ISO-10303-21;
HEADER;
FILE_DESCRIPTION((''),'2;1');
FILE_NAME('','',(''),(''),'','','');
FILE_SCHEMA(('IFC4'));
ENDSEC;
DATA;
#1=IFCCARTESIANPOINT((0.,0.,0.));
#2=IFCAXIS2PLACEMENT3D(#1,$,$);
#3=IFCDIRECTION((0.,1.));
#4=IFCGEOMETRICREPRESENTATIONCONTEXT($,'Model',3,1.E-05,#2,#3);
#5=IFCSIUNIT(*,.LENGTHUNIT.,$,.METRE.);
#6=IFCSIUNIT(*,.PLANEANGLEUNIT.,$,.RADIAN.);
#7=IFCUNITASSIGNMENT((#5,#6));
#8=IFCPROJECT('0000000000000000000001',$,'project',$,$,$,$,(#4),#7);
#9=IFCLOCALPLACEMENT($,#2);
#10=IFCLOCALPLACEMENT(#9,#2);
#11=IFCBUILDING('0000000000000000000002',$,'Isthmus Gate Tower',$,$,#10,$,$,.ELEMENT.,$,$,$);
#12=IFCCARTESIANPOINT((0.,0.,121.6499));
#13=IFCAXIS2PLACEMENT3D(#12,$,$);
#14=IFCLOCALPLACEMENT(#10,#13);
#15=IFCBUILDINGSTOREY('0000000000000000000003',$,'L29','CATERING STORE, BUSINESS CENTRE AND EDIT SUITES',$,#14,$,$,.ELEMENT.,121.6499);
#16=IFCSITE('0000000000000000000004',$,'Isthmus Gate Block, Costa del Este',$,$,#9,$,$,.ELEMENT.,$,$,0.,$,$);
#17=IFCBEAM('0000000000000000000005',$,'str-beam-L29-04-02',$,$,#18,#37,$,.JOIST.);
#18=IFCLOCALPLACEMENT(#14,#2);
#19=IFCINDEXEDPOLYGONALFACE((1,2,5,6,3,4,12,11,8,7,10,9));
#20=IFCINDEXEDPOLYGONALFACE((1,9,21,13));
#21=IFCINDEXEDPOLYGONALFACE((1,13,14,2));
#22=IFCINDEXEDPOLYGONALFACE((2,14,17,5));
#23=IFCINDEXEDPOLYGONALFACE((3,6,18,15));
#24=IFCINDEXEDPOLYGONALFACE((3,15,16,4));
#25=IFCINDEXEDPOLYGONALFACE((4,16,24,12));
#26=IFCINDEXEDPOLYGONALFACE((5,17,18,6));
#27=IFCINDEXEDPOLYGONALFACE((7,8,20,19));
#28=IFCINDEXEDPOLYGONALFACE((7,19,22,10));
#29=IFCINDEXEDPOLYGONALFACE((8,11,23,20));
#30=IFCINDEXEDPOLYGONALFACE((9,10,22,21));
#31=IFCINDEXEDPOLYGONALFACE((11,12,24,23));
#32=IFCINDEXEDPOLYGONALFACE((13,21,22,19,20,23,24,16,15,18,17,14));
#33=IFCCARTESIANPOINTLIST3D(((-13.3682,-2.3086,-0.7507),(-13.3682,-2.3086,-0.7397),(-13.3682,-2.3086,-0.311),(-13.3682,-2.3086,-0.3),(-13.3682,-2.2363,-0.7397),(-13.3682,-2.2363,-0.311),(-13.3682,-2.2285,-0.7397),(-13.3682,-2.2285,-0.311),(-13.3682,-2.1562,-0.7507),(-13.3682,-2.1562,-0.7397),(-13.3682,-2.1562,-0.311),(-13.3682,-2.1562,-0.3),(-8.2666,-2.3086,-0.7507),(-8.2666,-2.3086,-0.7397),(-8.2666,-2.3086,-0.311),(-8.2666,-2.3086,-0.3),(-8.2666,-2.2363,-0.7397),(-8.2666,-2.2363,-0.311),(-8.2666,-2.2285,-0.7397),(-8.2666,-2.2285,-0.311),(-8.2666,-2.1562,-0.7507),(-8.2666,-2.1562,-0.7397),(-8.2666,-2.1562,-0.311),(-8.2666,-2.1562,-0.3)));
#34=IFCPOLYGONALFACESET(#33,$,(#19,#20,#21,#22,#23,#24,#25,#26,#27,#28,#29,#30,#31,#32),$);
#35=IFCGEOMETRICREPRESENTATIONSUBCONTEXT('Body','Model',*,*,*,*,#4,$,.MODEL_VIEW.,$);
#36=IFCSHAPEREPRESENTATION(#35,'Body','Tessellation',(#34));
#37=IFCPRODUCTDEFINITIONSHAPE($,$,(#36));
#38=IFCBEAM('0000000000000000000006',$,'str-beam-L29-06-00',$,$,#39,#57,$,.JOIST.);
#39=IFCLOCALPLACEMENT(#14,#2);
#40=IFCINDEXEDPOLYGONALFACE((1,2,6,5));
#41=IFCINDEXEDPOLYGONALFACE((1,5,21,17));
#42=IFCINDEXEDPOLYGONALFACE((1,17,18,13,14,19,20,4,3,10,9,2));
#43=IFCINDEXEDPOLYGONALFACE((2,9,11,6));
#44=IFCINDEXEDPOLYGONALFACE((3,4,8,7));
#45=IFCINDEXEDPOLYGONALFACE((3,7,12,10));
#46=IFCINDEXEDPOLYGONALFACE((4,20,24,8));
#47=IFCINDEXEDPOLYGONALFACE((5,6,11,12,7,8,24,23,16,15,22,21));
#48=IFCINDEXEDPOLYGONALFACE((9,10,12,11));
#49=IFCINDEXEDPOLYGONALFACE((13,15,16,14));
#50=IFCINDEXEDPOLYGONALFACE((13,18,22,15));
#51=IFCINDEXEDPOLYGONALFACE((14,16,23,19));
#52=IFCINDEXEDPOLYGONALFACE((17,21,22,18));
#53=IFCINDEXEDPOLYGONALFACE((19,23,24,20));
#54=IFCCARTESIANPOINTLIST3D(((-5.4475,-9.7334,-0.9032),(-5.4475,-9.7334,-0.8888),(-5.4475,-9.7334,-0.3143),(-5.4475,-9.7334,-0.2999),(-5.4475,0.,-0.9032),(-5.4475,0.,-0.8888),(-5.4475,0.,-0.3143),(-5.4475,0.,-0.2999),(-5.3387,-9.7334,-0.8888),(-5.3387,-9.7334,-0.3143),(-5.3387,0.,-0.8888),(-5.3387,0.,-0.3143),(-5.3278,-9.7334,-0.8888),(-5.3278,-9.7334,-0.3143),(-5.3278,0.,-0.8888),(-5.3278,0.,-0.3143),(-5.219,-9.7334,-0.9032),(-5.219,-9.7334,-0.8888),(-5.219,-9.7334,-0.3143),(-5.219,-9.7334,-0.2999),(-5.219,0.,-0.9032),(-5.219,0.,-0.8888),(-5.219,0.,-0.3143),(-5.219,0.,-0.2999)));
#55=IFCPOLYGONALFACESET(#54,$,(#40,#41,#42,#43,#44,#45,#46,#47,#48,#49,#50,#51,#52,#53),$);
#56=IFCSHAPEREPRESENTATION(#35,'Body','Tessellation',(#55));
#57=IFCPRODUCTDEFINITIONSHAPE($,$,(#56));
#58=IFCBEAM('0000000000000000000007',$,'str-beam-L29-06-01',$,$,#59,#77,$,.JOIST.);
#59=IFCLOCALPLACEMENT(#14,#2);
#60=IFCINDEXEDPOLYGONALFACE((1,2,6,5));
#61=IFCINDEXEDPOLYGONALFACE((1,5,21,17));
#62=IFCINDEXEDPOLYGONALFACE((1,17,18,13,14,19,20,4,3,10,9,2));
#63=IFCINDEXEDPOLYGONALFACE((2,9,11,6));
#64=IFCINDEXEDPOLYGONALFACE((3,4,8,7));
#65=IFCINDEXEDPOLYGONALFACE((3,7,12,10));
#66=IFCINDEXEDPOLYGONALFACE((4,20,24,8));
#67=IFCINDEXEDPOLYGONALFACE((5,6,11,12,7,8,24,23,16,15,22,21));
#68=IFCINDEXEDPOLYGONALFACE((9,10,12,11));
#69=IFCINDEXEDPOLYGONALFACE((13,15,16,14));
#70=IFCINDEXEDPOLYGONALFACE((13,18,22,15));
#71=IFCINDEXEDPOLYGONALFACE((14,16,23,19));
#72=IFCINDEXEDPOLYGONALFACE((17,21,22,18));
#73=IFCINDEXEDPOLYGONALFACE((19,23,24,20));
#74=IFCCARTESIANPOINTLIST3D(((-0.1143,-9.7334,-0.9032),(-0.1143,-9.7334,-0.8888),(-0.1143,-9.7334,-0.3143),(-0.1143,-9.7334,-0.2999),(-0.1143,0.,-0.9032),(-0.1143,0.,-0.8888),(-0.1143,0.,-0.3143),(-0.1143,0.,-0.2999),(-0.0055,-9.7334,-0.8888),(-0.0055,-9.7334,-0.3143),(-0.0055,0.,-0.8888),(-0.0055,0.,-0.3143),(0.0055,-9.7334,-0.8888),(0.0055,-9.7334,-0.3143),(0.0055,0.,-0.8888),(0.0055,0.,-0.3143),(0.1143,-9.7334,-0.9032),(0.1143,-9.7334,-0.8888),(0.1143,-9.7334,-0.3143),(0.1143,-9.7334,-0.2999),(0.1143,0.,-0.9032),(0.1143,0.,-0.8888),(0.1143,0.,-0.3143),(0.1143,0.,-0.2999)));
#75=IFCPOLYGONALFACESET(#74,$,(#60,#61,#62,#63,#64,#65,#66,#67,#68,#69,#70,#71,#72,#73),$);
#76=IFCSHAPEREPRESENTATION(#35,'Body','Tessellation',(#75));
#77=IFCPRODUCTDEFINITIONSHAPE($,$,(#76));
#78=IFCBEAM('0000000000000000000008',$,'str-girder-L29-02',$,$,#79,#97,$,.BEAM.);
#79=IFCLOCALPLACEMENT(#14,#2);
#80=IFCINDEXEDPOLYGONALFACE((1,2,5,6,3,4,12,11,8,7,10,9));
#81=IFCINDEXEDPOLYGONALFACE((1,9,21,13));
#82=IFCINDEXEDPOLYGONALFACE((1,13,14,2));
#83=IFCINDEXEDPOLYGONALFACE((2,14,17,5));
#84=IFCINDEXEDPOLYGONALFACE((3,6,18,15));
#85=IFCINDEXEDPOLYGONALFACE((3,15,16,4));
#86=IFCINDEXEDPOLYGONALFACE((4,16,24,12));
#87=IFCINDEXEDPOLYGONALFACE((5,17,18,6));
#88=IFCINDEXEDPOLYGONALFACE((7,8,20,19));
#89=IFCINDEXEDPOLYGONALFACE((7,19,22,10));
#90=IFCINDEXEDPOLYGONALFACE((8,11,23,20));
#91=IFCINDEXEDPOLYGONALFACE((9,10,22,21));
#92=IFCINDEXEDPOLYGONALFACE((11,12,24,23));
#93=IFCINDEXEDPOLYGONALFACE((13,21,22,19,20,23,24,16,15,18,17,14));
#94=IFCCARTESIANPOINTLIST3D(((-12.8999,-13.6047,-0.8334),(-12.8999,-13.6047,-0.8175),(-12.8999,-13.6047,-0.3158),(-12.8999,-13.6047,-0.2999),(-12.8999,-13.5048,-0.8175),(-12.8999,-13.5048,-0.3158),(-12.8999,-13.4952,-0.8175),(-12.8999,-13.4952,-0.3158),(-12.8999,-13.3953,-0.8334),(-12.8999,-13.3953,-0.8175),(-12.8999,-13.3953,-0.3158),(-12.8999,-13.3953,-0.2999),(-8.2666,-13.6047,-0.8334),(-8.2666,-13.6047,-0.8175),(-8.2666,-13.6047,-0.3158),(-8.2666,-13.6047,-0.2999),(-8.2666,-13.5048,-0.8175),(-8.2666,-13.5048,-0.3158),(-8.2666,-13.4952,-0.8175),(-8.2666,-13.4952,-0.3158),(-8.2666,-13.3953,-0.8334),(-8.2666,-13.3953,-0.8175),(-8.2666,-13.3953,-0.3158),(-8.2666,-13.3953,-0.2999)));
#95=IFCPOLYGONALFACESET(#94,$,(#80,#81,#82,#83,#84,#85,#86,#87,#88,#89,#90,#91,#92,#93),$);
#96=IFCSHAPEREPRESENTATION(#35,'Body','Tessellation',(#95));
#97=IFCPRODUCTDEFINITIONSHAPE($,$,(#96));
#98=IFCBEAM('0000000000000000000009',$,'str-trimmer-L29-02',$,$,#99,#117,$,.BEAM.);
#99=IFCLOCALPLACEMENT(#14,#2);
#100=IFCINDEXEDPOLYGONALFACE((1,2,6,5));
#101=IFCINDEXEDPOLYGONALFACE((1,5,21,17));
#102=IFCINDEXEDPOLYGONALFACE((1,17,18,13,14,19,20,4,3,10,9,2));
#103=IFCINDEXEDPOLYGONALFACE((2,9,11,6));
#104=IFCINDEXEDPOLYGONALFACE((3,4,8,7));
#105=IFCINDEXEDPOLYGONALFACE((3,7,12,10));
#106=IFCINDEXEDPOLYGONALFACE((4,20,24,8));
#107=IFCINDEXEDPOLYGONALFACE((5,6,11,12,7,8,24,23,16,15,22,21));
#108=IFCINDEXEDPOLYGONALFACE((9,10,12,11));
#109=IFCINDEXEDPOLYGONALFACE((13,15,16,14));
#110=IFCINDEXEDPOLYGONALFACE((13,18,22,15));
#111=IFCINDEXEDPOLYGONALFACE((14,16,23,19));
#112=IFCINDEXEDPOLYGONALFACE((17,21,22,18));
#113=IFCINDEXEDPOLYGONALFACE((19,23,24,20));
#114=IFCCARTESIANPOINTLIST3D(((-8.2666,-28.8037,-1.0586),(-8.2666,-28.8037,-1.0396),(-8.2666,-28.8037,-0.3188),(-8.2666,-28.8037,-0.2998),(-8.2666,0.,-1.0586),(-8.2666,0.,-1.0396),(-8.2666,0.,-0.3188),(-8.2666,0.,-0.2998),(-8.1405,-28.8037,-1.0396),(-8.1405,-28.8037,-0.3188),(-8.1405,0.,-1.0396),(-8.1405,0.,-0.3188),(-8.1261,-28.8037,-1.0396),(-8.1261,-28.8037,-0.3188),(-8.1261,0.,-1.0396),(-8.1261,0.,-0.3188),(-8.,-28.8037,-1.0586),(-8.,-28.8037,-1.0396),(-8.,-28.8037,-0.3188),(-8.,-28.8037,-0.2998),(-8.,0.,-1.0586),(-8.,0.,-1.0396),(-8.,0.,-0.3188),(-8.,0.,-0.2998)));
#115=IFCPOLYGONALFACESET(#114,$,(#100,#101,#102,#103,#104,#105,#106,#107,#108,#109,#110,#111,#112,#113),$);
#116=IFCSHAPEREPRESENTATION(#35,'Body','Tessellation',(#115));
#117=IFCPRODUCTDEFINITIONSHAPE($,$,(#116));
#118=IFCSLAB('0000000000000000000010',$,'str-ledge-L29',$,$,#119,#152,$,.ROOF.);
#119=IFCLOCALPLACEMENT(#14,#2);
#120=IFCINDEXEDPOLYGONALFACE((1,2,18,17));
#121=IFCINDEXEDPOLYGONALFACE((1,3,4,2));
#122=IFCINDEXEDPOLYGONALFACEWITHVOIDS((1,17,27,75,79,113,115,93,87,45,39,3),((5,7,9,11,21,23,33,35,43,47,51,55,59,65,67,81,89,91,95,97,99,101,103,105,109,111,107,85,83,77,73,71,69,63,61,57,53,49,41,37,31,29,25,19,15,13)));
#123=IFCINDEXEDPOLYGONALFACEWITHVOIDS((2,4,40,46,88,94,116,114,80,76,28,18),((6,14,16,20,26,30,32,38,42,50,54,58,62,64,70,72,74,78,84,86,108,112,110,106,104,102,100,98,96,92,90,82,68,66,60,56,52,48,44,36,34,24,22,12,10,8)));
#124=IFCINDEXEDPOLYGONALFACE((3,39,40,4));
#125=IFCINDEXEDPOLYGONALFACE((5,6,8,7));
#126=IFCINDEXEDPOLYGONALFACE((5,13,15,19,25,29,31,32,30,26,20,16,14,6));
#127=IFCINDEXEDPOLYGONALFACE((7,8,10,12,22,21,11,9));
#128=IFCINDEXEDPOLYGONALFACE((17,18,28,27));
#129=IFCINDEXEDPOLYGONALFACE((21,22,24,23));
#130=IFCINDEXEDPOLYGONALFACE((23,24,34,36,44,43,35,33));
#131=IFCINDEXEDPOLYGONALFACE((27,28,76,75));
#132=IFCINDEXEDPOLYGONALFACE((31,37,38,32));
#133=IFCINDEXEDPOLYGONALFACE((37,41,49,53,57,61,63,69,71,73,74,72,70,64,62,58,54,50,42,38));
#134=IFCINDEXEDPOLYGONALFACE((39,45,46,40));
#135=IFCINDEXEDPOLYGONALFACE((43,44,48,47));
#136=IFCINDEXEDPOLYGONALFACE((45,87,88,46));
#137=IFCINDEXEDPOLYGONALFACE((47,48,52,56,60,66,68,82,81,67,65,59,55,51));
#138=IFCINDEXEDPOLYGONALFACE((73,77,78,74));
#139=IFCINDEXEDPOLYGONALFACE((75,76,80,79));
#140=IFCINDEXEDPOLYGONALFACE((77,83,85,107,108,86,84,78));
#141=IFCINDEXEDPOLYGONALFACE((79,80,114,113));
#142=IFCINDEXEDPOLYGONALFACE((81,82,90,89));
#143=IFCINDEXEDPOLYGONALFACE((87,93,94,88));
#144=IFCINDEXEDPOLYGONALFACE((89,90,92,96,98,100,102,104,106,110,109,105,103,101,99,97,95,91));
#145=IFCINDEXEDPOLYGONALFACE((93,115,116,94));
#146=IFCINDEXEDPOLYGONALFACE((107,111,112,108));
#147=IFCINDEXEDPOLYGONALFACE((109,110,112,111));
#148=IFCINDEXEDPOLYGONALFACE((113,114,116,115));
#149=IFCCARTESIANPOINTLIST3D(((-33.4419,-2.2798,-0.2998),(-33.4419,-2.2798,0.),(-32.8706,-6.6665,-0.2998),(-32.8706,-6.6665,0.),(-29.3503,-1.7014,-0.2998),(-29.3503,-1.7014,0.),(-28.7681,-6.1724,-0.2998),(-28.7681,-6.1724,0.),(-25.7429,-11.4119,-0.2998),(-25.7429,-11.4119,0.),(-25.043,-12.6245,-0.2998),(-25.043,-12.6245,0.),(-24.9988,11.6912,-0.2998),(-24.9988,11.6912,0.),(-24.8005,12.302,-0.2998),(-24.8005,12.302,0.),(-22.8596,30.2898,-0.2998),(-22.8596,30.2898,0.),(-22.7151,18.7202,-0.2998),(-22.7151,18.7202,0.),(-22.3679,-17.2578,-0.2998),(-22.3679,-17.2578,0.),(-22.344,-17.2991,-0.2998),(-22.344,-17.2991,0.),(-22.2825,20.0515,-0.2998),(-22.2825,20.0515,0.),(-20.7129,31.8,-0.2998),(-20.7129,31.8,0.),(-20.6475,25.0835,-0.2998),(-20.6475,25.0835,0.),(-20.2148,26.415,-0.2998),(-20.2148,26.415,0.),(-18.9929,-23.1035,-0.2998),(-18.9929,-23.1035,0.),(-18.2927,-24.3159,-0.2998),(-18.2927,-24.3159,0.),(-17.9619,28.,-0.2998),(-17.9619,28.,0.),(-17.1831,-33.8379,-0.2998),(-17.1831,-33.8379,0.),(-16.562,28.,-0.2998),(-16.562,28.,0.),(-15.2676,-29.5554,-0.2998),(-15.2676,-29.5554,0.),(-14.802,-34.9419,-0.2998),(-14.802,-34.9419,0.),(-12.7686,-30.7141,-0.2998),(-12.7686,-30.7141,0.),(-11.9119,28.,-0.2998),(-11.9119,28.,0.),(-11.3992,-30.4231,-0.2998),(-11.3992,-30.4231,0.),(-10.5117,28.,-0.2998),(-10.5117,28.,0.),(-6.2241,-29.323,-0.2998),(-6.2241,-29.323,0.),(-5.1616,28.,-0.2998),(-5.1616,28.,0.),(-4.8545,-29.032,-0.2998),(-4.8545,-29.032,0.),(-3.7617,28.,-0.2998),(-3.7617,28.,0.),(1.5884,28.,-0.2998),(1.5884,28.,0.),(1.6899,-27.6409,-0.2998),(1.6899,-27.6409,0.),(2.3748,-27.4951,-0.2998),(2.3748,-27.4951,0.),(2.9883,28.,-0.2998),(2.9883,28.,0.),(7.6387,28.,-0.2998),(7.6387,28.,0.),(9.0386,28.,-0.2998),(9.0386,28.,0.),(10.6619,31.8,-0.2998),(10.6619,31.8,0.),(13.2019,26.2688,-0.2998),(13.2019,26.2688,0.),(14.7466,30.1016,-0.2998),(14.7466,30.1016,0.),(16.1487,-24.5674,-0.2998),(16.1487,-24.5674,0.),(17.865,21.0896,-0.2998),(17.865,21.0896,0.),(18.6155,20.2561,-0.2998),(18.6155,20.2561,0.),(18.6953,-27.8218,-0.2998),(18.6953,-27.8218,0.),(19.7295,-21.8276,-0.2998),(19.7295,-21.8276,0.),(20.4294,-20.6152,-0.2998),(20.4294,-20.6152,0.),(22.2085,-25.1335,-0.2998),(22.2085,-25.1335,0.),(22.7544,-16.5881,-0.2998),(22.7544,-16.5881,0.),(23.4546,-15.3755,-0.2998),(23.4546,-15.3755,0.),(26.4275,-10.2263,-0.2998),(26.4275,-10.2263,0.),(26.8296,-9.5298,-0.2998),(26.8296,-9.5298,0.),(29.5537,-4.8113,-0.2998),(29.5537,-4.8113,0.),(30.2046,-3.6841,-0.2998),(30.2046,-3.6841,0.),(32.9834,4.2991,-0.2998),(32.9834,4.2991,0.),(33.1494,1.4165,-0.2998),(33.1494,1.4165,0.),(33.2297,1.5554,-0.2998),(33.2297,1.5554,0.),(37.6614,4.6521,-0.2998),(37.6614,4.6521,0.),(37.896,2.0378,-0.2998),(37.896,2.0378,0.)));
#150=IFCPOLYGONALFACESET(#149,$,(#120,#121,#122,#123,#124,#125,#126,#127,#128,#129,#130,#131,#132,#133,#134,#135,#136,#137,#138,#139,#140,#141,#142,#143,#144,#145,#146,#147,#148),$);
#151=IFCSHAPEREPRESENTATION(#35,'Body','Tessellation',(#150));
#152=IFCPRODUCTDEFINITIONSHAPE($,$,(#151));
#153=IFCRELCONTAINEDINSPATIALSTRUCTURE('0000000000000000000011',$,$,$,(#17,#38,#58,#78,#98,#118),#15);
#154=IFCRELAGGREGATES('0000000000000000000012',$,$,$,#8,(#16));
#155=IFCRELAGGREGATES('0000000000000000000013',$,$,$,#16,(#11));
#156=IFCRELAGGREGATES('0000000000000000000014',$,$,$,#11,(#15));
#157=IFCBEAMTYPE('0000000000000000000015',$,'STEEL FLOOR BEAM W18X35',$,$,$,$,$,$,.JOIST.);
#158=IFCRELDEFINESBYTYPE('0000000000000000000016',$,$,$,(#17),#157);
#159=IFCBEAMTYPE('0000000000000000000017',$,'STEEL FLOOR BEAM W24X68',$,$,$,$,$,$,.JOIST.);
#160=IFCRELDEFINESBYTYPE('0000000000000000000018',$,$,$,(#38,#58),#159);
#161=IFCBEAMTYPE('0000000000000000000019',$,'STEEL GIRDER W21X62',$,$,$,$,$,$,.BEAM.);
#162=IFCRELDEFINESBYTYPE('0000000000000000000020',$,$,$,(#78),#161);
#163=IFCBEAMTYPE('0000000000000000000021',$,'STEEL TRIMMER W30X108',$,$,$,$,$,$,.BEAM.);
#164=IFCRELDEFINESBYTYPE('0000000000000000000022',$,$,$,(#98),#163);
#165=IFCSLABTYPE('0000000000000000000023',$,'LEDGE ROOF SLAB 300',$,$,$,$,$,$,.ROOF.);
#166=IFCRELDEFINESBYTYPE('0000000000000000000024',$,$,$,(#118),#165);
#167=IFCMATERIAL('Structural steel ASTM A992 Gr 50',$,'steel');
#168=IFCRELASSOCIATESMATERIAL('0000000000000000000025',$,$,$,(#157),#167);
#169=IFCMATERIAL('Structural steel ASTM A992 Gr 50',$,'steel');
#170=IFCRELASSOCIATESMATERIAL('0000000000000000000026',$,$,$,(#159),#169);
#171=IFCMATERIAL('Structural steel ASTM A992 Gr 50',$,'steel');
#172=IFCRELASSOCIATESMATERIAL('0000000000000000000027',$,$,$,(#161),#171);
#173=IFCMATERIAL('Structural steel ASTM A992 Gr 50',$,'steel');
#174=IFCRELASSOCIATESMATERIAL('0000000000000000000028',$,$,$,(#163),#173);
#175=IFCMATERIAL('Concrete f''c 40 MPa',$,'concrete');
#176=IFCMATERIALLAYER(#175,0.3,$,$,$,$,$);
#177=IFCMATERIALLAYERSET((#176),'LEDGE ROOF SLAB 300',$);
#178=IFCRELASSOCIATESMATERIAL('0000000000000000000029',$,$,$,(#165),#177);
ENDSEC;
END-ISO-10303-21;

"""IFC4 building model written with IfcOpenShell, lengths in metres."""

from ifc_helpers import new_model, si_unit, direction, frame, origin, origin_2d, place, context, subcontext, project, spatial, polyline, i_section, outline, extrude, material, layer, layer_set, material_profile, profile_set, type_object, element, save


model = new_model("IFC4")

# Units and contexts
model_context = context("Model", 3, precision=1e-05, world=origin(), true_north=direction((0.0, 1.0)))
body_context = subcontext(model_context, "Body", "Model", "MODEL_VIEW")
ifc_project = project(units=[si_unit("LENGTHUNIT", "METRE"), si_unit("PLANEANGLEUNIT", "RADIAN")], contexts=[model_context])

# Site, building, storey
site_placement = place(None, origin())
site = spatial("IfcSite", under=ifc_project, at=site_placement, Name="Isthmus Gate Block, Costa del Este", CompositionType="ELEMENT", RefElevation=0.0)
building_placement = place(site_placement, origin())
building = spatial("IfcBuilding", under=site, at=building_placement, Name="Isthmus Gate Tower", CompositionType="ELEMENT")
storey_placement = place(building_placement, frame((0.0, 0.0, 121.6499)))
storey = spatial("IfcBuildingStorey", under=building, at=storey_placement, Name="L29", Description="CATERING STORE, BUSINESS CENTRE AND EDIT SUITES", CompositionType="ELEMENT", Elevation=121.6499)

# Beams
ifc_material_1 = material(Name="Structural steel ASTM A992 Gr 50", Category="steel")
ifc_material_profile_1 = material_profile(ifc_material_1, i_section(OverallWidth=0.1523, OverallDepth=0.4507, WebThickness=0.0078, FlangeThickness=0.011, at=origin_2d()), Name="W18X35")
ifc_profile_set_1 = profile_set([ifc_material_profile_1], Name="Structural steel ASTM A992 Gr 50")
beam_type_1 = type_object("IfcBeamType", Name="STEEL FLOOR BEAM W18X35", PredefinedType="JOIST", material=ifc_profile_set_1)
beam_1_placement = place(storey_placement, frame((-13.3682, -2.2324, -0.5254), z_axis=(1.0, 0.0, 0.0), x_axis=(0.0, 1.0, 0.0)))
element("IfcBeam", 1, at=beam_1_placement, inside=storey, type_object=beam_type_1, Name="str-beam-L29-04-02", PredefinedType="JOIST", context=body_context, shape_type="SweptSolid", body=[
    extrude(i_section(OverallWidth=0.1523, OverallDepth=0.4507, WebThickness=0.0078, FlangeThickness=0.011, at=origin_2d()), origin(), (0.0, 0.0, 1.0), 5.1016),
])
ifc_material_2 = material(Name="Structural steel ASTM A992 Gr 50", Category="steel")
ifc_material_profile_2 = material_profile(ifc_material_2, i_section(OverallWidth=0.2285, OverallDepth=0.6033, WebThickness=0.011, FlangeThickness=0.0144, at=origin_2d()), Name="W24X68")
ifc_profile_set_2 = profile_set([ifc_material_profile_2], Name="Structural steel ASTM A992 Gr 50")
beam_type_2 = type_object("IfcBeamType", Name="STEEL FLOOR BEAM W24X68", PredefinedType="JOIST", material=ifc_profile_set_2)
for number, where, z_axis, x_axis, name in (
    (2, (-5.3333, -9.7334, -0.6016), (0.0, 1.0, 0.0), (-1.0, 0.0, 0.0), "str-beam-L29-06-00"),
    (3, (0.0, -9.7334, -0.6016), (0.0, 1.0, 0.0), (-1.0, 0.0, 0.0), "str-beam-L29-06-01"),
):
    element("IfcBeam", number, at=place(storey_placement, frame(where, z_axis=z_axis, x_axis=x_axis)), inside=storey, type_object=beam_type_2, Name=name, PredefinedType="JOIST", context=body_context, shape_type="SweptSolid", body=[
        extrude(i_section(OverallWidth=0.2285, OverallDepth=0.6033, WebThickness=0.011, FlangeThickness=0.0144, at=origin_2d()), origin(), (0.0, 0.0, 1.0), 9.7334),
    ])
ifc_material_3 = material(Name="Structural steel ASTM A992 Gr 50", Category="steel")
ifc_material_profile_3 = material_profile(ifc_material_3, i_section(OverallWidth=0.2095, OverallDepth=0.5334, WebThickness=0.0095, FlangeThickness=0.0159, at=origin_2d()), Name="W21X62")
ifc_profile_set_3 = profile_set([ifc_material_profile_3], Name="Structural steel ASTM A992 Gr 50")
beam_type_3 = type_object("IfcBeamType", Name="STEEL GIRDER W21X62", PredefinedType="BEAM", material=ifc_profile_set_3)
beam_2_placement = place(storey_placement, frame((-12.8999, -13.5, -0.5667), z_axis=(1.0, 0.0, 0.0), x_axis=(0.0, 1.0, 0.0)))
element("IfcBeam", 4, at=beam_2_placement, inside=storey, type_object=beam_type_3, Name="str-girder-L29-02", PredefinedType="BEAM", context=body_context, shape_type="SweptSolid", body=[
    extrude(i_section(OverallWidth=0.2095, OverallDepth=0.5334, WebThickness=0.0095, FlangeThickness=0.0159, at=origin_2d()), origin(), (0.0, 0.0, 1.0), 4.6333),
])
ifc_material_4 = material(Name="Structural steel ASTM A992 Gr 50", Category="steel")
ifc_material_profile_4 = material_profile(ifc_material_4, i_section(OverallWidth=0.2666, OverallDepth=0.7588, WebThickness=0.0144, FlangeThickness=0.019, at=origin_2d()), Name="W30X108")
ifc_profile_set_4 = profile_set([ifc_material_profile_4], Name="Structural steel ASTM A992 Gr 50")
beam_type_4 = type_object("IfcBeamType", Name="STEEL TRIMMER W30X108", PredefinedType="BEAM", material=ifc_profile_set_4)
beam_3_placement = place(storey_placement, frame((-8.1333, 0.0, -0.6792), z_axis=(0.0, -1.0, 0.0), x_axis=(1.0, 0.0, 0.0)))
element("IfcBeam", 5, at=beam_3_placement, inside=storey, type_object=beam_type_4, Name="str-trimmer-L29-02", PredefinedType="BEAM", context=body_context, shape_type="SweptSolid", body=[
    extrude(i_section(OverallWidth=0.2666, OverallDepth=0.7588, WebThickness=0.0144, FlangeThickness=0.019, at=origin_2d()), origin(), (0.0, 0.0, 1.0), 28.8037),
])

# Slab
ifc_material_5 = material(Name="Concrete f'c 40 MPa", Category="concrete")
ifc_layer_1 = layer(ifc_material_5, 0.3)
ifc_layer_set_1 = layer_set([ifc_layer_1], Name="LEDGE ROOF SLAB 300")
slab_type_1 = type_object("IfcSlabType", Name="LEDGE ROOF SLAB 300", PredefinedType="ROOF", material=ifc_layer_set_1)
slab_1_placement = place(storey_placement, frame((0.0, 0.0, -0.2998)))
element("IfcSlab", 6, at=slab_1_placement, inside=storey, type_object=slab_type_1, Name="str-ledge-L29", PredefinedType="ROOF", context=body_context, shape_type="SweptSolid", body=[
    extrude(outline(polyline([(37.6614, 4.6521), (37.896, 2.0378), (22.2085, -25.1335), (18.6953, -27.8218), (-14.802, -34.9419), (-17.1831, -33.8379), (-32.8706, -6.6665), (-33.4419, -2.2798), (-22.8596, 30.2898), (-20.7129, 31.8), (10.6619, 31.8), (14.7466, 30.1016), (37.6614, 4.6521)]), holes=[polyline([(-20.2148, 26.415), (-20.6475, 25.0835), (-20.6475, 25.0835), (-22.2825, 20.0515), (-22.7151, 18.7202), (-22.7151, 18.7202), (-24.8005, 12.302), (-24.9988, 11.6912), (-29.3503, -1.7014), (-29.3503, -1.7014), (-29.3503, -1.7014), (-28.7681, -6.1724), (-25.7429, -11.4119), (-25.7429, -11.4119), (-25.043, -12.6245), (-22.3679, -17.2578), (-22.344, -17.2991), (-18.9929, -23.1035), (-18.9929, -23.1035), (-18.2927, -24.3159), (-15.2676, -29.5554), (-12.7686, -30.7141), (-11.3992, -30.4231), (-11.3992, -30.4231), (-6.2241, -29.323), (-4.8545, -29.032), (-4.8545, -29.032), (1.6899, -27.6409), (2.3748, -27.4951), (2.3748, -27.4951), (16.1487, -24.5674), (19.7295, -21.8276), (20.4294, -20.6152), (22.7544, -16.5881), (23.4546, -15.3755), (26.4275, -10.2263), (26.8296, -9.5298), (29.5537, -4.8113), (30.2046, -3.6841), (30.2046, -3.6841), (33.1494, 1.4165), (33.2297, 1.5554), (33.2297, 1.5554), (33.2297, 1.5554), (32.9834, 4.2991), (18.6155, 20.2561), (17.865, 21.0896), (13.2019, 26.2688), (9.0386, 28.0), (7.6387, 28.0), (2.9883, 28.0), (1.5884, 28.0), (-3.7617, 28.0), (-5.1616, 28.0), (-10.5117, 28.0), (-11.9119, 28.0), (-16.562, 28.0), (-17.9619, 28.0), (-20.2148, 26.415)])]), origin(), (0.0, 0.0, 1.0), 0.2998),
])

save(model, "model.ifc")
